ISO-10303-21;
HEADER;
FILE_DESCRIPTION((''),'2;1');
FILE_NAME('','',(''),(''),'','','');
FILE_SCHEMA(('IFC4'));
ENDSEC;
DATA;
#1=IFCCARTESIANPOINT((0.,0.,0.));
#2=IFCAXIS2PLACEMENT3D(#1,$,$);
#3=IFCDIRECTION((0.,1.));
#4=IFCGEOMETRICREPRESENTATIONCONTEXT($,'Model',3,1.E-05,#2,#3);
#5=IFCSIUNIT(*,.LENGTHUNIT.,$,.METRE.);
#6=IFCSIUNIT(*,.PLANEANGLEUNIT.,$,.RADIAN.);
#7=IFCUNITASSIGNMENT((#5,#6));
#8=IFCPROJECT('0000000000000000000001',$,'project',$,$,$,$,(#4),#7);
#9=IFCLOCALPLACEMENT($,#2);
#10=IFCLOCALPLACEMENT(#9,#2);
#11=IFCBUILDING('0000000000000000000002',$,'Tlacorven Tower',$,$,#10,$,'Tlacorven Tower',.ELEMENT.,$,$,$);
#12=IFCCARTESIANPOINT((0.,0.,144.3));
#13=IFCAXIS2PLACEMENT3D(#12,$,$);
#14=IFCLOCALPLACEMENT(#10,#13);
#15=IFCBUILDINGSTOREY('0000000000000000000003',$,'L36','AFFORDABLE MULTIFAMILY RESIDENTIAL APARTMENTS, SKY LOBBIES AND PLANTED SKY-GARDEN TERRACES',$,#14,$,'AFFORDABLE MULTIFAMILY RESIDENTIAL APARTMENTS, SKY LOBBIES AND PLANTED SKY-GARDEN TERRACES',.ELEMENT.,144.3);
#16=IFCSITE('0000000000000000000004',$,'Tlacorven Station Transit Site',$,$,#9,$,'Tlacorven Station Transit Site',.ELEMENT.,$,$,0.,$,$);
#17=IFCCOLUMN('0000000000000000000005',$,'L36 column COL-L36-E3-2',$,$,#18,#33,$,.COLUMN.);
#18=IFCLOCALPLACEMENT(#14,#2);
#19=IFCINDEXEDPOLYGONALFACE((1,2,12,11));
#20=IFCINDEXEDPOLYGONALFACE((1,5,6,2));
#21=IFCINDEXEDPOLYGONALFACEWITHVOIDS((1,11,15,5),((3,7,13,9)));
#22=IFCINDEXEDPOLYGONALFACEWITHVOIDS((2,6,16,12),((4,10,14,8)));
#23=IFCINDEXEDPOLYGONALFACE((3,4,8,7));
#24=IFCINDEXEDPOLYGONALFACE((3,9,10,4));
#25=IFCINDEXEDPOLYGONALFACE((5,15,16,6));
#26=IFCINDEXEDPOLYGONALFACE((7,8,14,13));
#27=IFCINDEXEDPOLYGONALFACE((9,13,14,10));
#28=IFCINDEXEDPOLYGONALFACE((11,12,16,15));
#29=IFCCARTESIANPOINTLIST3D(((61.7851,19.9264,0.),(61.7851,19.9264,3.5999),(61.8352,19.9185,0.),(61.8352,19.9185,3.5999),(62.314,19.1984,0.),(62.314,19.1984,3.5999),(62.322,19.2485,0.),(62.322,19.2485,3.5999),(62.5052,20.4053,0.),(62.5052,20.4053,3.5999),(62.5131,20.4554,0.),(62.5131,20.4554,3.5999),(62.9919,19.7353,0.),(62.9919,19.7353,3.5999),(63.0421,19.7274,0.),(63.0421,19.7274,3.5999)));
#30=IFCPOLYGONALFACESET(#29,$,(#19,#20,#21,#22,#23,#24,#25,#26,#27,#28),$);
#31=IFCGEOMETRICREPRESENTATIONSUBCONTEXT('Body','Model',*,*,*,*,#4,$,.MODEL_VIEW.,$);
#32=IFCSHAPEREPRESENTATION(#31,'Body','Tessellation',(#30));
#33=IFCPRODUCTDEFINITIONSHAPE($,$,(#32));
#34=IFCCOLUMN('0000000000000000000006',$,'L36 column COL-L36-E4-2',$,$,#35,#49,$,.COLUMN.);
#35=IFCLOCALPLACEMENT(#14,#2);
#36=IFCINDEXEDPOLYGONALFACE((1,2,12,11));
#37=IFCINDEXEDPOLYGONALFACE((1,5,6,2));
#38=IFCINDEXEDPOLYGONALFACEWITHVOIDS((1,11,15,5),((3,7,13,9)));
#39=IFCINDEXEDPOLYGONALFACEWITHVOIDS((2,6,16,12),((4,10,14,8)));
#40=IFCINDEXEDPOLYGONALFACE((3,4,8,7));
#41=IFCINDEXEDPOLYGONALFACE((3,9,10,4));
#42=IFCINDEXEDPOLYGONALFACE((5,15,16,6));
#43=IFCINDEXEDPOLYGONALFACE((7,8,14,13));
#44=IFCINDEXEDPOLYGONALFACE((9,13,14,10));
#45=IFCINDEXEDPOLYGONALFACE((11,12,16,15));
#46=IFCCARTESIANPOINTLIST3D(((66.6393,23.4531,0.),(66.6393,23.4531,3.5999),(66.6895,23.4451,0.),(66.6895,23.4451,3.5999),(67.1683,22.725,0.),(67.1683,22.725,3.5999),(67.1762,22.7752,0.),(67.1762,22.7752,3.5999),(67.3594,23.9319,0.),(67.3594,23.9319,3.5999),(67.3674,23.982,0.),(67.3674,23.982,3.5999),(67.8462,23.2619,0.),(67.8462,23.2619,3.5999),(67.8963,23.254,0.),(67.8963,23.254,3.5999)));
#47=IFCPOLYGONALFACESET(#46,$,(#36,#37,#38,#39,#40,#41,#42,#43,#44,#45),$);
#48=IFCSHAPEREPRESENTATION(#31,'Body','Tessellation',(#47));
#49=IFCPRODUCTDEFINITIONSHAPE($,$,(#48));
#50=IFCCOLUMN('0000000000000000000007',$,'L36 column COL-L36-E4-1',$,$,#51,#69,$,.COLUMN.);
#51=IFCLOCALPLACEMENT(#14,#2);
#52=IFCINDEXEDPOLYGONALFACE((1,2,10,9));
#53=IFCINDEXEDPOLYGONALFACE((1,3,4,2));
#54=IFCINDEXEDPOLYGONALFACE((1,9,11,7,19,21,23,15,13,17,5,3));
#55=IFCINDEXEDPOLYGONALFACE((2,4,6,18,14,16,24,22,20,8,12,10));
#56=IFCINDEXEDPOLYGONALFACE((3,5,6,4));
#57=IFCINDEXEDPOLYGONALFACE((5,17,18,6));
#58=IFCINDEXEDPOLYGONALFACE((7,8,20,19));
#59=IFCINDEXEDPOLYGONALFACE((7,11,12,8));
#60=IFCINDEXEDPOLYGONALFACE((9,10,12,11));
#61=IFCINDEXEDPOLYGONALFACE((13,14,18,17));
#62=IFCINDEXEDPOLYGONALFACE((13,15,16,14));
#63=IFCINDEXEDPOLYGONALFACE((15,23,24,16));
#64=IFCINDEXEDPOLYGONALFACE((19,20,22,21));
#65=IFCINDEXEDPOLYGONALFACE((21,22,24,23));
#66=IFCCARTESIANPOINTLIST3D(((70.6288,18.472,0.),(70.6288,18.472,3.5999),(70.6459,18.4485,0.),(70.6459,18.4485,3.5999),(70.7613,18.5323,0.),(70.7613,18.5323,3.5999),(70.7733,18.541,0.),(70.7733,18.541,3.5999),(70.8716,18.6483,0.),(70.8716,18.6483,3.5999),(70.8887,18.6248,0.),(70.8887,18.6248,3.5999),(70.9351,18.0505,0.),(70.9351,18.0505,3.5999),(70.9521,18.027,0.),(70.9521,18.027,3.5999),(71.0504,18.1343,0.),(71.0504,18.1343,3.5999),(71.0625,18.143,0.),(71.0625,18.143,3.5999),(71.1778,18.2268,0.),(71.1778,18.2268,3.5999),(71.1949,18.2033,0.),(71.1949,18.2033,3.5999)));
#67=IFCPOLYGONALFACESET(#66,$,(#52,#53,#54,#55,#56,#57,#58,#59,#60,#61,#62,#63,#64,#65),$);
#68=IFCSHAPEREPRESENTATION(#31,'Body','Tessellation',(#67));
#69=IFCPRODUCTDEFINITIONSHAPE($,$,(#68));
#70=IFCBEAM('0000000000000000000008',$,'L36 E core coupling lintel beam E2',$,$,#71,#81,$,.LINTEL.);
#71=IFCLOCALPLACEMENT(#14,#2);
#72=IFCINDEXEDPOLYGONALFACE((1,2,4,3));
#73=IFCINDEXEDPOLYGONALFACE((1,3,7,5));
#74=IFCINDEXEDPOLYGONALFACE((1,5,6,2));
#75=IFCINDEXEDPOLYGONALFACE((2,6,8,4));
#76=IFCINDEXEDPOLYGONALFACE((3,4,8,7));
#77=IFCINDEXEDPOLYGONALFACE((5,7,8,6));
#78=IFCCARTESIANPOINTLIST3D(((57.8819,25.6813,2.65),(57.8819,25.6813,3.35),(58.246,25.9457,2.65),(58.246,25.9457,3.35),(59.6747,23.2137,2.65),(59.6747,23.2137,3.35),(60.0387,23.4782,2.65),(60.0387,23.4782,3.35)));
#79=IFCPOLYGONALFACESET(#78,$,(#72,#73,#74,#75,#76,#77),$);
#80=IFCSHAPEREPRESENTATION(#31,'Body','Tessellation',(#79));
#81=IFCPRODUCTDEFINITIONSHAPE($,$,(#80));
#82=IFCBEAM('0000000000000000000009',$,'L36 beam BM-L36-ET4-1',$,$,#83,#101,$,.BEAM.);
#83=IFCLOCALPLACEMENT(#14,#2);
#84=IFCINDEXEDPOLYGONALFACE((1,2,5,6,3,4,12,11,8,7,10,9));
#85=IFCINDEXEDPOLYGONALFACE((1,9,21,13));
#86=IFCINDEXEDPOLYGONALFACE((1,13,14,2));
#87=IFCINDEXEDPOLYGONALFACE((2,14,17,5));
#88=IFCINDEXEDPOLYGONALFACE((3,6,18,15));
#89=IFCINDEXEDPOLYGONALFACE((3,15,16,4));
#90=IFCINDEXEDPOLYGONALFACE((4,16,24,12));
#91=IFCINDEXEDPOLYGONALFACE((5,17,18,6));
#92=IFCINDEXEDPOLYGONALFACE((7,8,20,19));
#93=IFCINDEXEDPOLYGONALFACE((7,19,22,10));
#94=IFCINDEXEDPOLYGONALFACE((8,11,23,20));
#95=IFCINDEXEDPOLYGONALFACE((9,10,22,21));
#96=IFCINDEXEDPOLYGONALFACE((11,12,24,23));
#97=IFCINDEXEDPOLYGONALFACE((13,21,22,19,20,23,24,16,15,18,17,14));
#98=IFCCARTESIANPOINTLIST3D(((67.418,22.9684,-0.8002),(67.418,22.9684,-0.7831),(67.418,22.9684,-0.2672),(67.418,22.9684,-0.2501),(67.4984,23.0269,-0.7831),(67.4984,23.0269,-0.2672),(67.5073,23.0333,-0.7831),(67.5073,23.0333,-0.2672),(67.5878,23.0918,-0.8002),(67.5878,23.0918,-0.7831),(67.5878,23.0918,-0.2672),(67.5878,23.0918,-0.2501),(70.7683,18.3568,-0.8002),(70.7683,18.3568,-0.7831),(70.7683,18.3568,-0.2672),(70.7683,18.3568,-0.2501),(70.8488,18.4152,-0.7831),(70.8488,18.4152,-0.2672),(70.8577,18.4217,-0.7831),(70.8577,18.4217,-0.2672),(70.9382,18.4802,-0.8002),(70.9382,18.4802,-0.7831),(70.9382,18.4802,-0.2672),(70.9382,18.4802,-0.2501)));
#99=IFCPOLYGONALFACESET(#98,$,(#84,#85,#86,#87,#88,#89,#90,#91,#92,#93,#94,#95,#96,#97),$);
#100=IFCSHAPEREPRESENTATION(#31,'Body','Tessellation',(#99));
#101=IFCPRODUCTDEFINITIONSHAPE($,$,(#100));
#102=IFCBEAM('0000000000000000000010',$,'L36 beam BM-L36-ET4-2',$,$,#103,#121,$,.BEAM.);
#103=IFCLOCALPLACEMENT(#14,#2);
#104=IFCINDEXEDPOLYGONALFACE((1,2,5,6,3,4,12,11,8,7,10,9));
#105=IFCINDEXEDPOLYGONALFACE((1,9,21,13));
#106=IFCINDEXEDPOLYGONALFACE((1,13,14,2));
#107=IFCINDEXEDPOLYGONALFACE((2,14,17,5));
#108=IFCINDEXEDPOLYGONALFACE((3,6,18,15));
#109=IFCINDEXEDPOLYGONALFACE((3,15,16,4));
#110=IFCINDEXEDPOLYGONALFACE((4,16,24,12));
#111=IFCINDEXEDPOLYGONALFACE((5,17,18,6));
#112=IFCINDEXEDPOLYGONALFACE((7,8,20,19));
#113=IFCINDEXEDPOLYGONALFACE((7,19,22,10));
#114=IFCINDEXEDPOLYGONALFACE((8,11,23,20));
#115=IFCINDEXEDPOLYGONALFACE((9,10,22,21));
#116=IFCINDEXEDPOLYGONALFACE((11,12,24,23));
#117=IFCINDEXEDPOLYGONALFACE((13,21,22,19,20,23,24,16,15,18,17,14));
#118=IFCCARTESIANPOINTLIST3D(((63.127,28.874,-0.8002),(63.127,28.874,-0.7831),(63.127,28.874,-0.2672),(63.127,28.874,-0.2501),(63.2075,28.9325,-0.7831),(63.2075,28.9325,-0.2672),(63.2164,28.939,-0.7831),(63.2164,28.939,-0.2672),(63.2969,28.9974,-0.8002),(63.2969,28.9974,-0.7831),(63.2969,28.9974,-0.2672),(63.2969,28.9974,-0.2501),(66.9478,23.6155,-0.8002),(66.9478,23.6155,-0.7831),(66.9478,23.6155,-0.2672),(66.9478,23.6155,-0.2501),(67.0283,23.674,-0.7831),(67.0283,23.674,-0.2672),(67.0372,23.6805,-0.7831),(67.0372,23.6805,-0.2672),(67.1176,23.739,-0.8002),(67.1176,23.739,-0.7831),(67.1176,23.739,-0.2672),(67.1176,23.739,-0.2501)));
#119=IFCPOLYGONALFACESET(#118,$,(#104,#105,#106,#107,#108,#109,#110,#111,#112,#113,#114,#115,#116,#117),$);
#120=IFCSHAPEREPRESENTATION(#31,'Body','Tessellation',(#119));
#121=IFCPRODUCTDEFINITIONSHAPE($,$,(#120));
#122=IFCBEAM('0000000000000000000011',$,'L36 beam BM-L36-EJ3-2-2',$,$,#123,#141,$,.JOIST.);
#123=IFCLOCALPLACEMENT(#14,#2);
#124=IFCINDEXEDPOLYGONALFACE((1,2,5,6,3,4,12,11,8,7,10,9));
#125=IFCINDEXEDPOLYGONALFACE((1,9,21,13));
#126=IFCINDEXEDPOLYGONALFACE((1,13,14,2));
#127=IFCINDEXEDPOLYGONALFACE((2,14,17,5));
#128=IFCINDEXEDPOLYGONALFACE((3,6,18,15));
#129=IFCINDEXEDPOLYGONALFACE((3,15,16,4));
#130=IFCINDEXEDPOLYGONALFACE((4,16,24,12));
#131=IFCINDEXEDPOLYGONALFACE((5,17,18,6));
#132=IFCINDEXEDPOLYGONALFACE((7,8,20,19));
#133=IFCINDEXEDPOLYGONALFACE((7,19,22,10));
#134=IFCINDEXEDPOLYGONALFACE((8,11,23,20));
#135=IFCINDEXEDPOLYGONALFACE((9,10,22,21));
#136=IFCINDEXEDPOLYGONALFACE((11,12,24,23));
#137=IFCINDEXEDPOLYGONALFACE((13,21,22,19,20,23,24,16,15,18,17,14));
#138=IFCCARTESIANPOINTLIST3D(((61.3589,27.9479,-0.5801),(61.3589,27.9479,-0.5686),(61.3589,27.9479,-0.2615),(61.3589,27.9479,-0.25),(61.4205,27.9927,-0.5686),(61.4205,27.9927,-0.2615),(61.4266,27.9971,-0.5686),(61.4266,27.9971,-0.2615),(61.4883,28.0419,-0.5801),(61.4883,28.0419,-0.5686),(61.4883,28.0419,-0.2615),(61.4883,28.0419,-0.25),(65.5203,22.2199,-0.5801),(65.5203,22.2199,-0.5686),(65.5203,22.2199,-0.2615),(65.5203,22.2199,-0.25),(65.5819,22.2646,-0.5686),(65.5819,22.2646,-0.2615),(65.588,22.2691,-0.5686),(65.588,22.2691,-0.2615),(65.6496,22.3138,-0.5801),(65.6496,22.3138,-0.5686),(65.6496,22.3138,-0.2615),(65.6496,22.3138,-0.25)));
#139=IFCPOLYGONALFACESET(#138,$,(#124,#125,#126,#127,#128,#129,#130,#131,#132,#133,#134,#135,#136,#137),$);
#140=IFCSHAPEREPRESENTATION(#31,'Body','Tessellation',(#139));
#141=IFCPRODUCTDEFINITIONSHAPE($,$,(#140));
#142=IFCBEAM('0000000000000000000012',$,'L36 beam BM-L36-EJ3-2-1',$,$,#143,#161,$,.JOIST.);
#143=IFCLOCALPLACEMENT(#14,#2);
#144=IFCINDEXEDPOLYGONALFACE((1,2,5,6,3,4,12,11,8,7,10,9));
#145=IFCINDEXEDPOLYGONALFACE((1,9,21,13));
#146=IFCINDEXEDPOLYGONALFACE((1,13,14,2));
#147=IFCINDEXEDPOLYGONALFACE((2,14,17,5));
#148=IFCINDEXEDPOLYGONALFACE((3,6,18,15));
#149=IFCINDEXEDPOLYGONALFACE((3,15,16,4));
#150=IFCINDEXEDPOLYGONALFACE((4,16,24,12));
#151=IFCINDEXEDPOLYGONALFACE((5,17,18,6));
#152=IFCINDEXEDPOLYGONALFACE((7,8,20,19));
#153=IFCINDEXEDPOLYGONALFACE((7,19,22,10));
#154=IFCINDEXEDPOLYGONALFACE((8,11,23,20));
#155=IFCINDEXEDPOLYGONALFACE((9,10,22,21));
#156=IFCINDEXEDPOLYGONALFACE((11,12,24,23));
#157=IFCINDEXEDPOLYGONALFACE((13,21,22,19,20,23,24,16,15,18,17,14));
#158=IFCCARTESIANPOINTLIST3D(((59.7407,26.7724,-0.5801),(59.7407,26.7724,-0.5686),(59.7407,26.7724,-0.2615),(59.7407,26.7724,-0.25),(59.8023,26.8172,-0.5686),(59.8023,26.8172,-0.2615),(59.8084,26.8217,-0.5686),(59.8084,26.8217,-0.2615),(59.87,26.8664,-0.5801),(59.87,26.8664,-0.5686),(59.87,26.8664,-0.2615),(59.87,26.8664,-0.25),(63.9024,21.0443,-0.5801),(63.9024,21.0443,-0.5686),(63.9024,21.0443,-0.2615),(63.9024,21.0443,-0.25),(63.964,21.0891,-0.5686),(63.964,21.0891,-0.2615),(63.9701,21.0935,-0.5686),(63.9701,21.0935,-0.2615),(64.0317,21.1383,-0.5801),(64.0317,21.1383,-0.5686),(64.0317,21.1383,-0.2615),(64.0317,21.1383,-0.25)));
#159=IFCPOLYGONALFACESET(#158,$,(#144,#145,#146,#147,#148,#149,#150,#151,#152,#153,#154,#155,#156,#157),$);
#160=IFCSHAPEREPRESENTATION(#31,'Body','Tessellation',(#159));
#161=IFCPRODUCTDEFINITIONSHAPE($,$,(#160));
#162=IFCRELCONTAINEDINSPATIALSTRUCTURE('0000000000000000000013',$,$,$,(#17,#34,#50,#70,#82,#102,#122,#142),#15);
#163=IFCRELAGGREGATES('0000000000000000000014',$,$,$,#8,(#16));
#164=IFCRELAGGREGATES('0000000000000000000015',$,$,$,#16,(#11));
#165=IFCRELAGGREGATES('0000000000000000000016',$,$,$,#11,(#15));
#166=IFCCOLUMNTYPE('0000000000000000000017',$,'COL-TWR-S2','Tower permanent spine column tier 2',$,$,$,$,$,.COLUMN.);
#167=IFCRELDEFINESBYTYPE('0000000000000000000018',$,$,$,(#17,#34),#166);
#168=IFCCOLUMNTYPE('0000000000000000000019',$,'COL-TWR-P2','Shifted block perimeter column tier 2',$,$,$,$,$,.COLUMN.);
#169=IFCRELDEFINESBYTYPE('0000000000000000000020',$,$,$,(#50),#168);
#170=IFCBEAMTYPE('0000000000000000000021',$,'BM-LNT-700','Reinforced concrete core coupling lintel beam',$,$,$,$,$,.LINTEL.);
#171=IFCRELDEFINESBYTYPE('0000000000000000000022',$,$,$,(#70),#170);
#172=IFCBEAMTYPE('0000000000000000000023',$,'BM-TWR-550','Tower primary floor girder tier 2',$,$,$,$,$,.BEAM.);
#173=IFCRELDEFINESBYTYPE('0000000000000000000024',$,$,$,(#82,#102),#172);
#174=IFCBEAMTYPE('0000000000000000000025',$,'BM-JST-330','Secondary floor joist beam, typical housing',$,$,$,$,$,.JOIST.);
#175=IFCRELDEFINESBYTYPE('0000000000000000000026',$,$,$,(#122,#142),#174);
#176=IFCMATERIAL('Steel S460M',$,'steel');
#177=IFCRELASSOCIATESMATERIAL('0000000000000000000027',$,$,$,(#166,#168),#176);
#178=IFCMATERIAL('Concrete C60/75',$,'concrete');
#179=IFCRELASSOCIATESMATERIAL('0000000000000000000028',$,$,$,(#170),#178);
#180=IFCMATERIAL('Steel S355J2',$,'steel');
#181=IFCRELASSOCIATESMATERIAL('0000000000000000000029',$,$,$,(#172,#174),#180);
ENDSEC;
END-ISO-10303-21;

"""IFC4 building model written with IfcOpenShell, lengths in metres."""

from ifc_helpers import new_model, si_unit, direction, frame, origin, origin_2d, place, context, subcontext, project, spatial, rectangle, hollow_rectangle, i_section, extrude, source, transform, mapped, material, material_profile, profile_set, type_object, element, save


model = new_model("IFC4")

# Units and contexts
model_context = context("Model", 3, precision=1e-05, world=origin(), true_north=direction((0.0, 1.0)))
body_context = subcontext(model_context, "Body", "Model", "MODEL_VIEW")
ifc_project = project(units=[si_unit("LENGTHUNIT", "METRE"), si_unit("PLANEANGLEUNIT", "RADIAN")], contexts=[model_context])

# Site, building, storey
site_placement = place(None, origin())
site = spatial("IfcSite", under=ifc_project, at=site_placement, Name="Tlacorven Station Transit Site", LongName="Tlacorven Station Transit Site", CompositionType="ELEMENT", RefElevation=0.0)
building_placement = place(site_placement, origin())
building = spatial("IfcBuilding", under=site, at=building_placement, Name="Tlacorven Tower", LongName="Tlacorven Tower", CompositionType="ELEMENT")
storey_placement = place(building_placement, frame((0.0, 0.0, 144.3)))
storey = spatial("IfcBuildingStorey", under=building, at=storey_placement, Name="L36", Description="AFFORDABLE MULTIFAMILY RESIDENTIAL APARTMENTS, SKY LOBBIES AND PLANTED SKY-GARDEN TERRACES", LongName="AFFORDABLE MULTIFAMILY RESIDENTIAL APARTMENTS, SKY LOBBIES AND PLANTED SKY-GARDEN TERRACES", CompositionType="ELEMENT", Elevation=144.3)

# Columns
ifc_material_1 = material(Name="Steel S460M", Category="steel")
ifc_material_profile_1 = material_profile(ifc_material_1, hollow_rectangle(XDim=0.8999, YDim=0.8999, WallThickness=0.0359, at=origin_2d()), Name="BOX 900X900X36")
ifc_profile_set_1 = profile_set([ifc_material_profile_1], Name="Steel S460M")
column_type_1 = type_object("IfcColumnType", Name="COL-TWR-S2", Description="Tower permanent spine column tier 2", PredefinedType="COLUMN", material=ifc_profile_set_1)
shared_shape_1 = source(origin(), body_context, "Body", "SweptSolid", [
    extrude(hollow_rectangle(XDim=0.8999, YDim=0.8999, WallThickness=0.0359, at=origin_2d()), origin(), (0.0, 0.0, 1.0), 3.5999),
])
for number, where, z_axis, x_axis, name in (
    (1, (62.4136, 19.8269, 0.0), (0.0, 0.0, 1.0), (0.809017, 0.587785, 0.0), "L36 column COL-L36-E3-2"),
    (2, (67.2678, 23.3535, 0.0), (0.0, 0.0, 1.0), (0.809017, 0.587785, 0.0), "L36 column COL-L36-E4-2"),
):
    element("IfcColumn", number, at=place(storey_placement, frame(where, z_axis=z_axis, x_axis=x_axis)), inside=storey, type_object=column_type_1, Name=name, PredefinedType="COLUMN", context=body_context, shape_type="MappedRepresentation", body=[
        mapped(shared_shape_1, transform((0.0, 0.0, 0.0), scale=1.0)),
    ])
ifc_material_profile_2 = material_profile(ifc_material_1, i_section(OverallWidth=0.3, OverallDepth=0.55, WebThickness=0.0149, FlangeThickness=0.0291, at=origin_2d()), Name="HEB 550")
ifc_profile_set_2 = profile_set([ifc_material_profile_2], Name="Steel S460M")
column_type_2 = type_object("IfcColumnType", Name="COL-TWR-P2", Description="Shifted block perimeter column tier 2", PredefinedType="COLUMN", material=ifc_profile_set_2)
shared_shape_2 = source(origin(), body_context, "Body", "SweptSolid", [
    extrude(i_section(OverallWidth=0.3, OverallDepth=0.55, WebThickness=0.0149, FlangeThickness=0.0291, at=origin_2d()), origin(), (0.0, 0.0, 1.0), 3.5999),
])
column_placement = place(storey_placement, frame((70.9119, 18.3376, 0.0), z_axis=(0.0, 0.0, 1.0), x_axis=(0.809017, 0.587785, 0.0)))
element("IfcColumn", 3, at=column_placement, inside=storey, type_object=column_type_2, Name="L36 column COL-L36-E4-1", PredefinedType="COLUMN", context=body_context, shape_type="MappedRepresentation", body=[
    mapped(shared_shape_2, transform((0.0, 0.0, 0.0), scale=1.0)),
])

# Beams
ifc_material_2 = material(Name="Concrete C60/75", Category="concrete")
ifc_material_profile_3 = material_profile(ifc_material_2, rectangle(XDim=0.45, YDim=0.7, at=origin_2d()), Name="RC 450X700")
ifc_profile_set_3 = profile_set([ifc_material_profile_3], Name="Concrete C60/75")
beam_type_1 = type_object("IfcBeamType", Name="BM-LNT-700", Description="Reinforced concrete core coupling lintel beam", PredefinedType="LINTEL", material=ifc_profile_set_3)
shared_shape_3 = source(origin(), body_context, "Body", "SweptSolid", [
    extrude(rectangle(XDim=0.45, YDim=0.7, at=origin_2d()), origin(), (0.0, 0.0, 1.0), 3.05),
])
beam_1_placement = place(storey_placement, frame((59.8567, 23.3459, 3.0), z_axis=(-0.587777, 0.809023, 0.0), x_axis=(-0.809023, -0.587777, 0.0)))
element("IfcBeam", 4, at=beam_1_placement, inside=storey, type_object=beam_type_1, Name="L36 E core coupling lintel beam E2", PredefinedType="LINTEL", context=body_context, shape_type="MappedRepresentation", body=[
    mapped(shared_shape_3, transform((0.0, 0.0, 0.0), scale=1.0)),
])
ifc_material_3 = material(Name="Steel S355J2", Category="steel")
ifc_material_profile_4 = material_profile(ifc_material_3, i_section(OverallWidth=0.21, OverallDepth=0.55, WebThickness=0.011, FlangeThickness=0.0171, at=origin_2d()), Name="IPE 550")
ifc_profile_set_4 = profile_set([ifc_material_profile_4], Name="Steel S355J2")
beam_type_2 = type_object("IfcBeamType", Name="BM-TWR-550", Description="Tower primary floor girder tier 2", PredefinedType="BEAM", material=ifc_profile_set_4)
shared_shape_4 = source(origin(), body_context, "Body", "SweptSolid", [
    extrude(i_section(OverallWidth=0.21, OverallDepth=0.55, WebThickness=0.011, FlangeThickness=0.0171, at=origin_2d()), origin(), (0.0, 0.0, 1.0), 5.7002),
])
beam_2_placement = place(storey_placement, frame((70.8533, 18.4185, -0.5251), z_axis=(-0.587767, 0.80903, 0.0), x_axis=(-0.80903, -0.587767, 0.0)))
element("IfcBeam", 5, at=beam_2_placement, inside=storey, type_object=beam_type_2, Name="L36 beam BM-L36-ET4-1", PredefinedType="BEAM", context=body_context, shape_type="MappedRepresentation", body=[
    mapped(shared_shape_4, transform((0.0, 0.0, 0.0), scale=1.0)),
])
shared_shape_5 = source(origin(), body_context, "Body", "SweptSolid", [
    extrude(i_section(OverallWidth=0.21, OverallDepth=0.55, WebThickness=0.011, FlangeThickness=0.0171, at=origin_2d()), origin(), (0.0, 0.0, 1.0), 6.5),
])
beam_3_placement = place(storey_placement, frame((67.0327, 23.6772, -0.5251), z_axis=(-0.58781, 0.808999, 0.0), x_axis=(-0.808999, -0.58781, 0.0)))
element("IfcBeam", 6, at=beam_3_placement, inside=storey, type_object=beam_type_2, Name="L36 beam BM-L36-ET4-2", PredefinedType="BEAM", context=body_context, shape_type="MappedRepresentation", body=[
    mapped(shared_shape_5, transform((0.0, 0.0, 0.0), scale=1.0)),
])
ifc_material_profile_5 = material_profile(ifc_material_3, i_section(OverallWidth=0.1599, OverallDepth=0.3301, WebThickness=0.0076, FlangeThickness=0.0115, at=origin_2d()), Name="IPE 330")
ifc_profile_set_5 = profile_set([ifc_material_profile_5], Name="Steel S355J2")
beam_type_3 = type_object("IfcBeamType", Name="BM-JST-330", Description="Secondary floor joist beam, typical housing", PredefinedType="JOIST", material=ifc_profile_set_5)
shared_shape_6 = source(origin(), body_context, "Body", "SweptSolid", [
    extrude(i_section(OverallWidth=0.1599, OverallDepth=0.3301, WebThickness=0.0076, FlangeThickness=0.0115, at=origin_2d()), origin(), (0.0, 0.0, 1.0), 7.0801),
])
beam_4_placement = place(storey_placement, frame((65.585, 22.2668, -0.415), z_axis=(-0.58776, 0.809036, 0.0), x_axis=(-0.809036, -0.58776, 0.0)))
element("IfcBeam", 7, at=beam_4_placement, inside=storey, type_object=beam_type_3, Name="L36 beam BM-L36-EJ3-2-2", PredefinedType="JOIST", context=body_context, shape_type="MappedRepresentation", body=[
    mapped(shared_shape_6, transform((0.0, 0.0, 0.0), scale=1.0)),
])
shared_shape_7 = source(origin(), body_context, "Body", "SweptSolid", [
    extrude(i_section(OverallWidth=0.1599, OverallDepth=0.3301, WebThickness=0.0076, FlangeThickness=0.0115, at=origin_2d()), origin(), (0.0, 0.0, 1.0), 7.0803),
])
beam_5_placement = place(storey_placement, frame((63.967, 21.0913, -0.415), z_axis=(-0.587782, 0.809019, 0.0), x_axis=(-0.809019, -0.587782, 0.0)))
element("IfcBeam", 8, at=beam_5_placement, inside=storey, type_object=beam_type_3, Name="L36 beam BM-L36-EJ3-2-1", PredefinedType="JOIST", context=body_context, shape_type="MappedRepresentation", body=[
    mapped(shared_shape_7, transform((0.0, 0.0, 0.0), scale=1.0)),
])

save(model, "model.ifc")
